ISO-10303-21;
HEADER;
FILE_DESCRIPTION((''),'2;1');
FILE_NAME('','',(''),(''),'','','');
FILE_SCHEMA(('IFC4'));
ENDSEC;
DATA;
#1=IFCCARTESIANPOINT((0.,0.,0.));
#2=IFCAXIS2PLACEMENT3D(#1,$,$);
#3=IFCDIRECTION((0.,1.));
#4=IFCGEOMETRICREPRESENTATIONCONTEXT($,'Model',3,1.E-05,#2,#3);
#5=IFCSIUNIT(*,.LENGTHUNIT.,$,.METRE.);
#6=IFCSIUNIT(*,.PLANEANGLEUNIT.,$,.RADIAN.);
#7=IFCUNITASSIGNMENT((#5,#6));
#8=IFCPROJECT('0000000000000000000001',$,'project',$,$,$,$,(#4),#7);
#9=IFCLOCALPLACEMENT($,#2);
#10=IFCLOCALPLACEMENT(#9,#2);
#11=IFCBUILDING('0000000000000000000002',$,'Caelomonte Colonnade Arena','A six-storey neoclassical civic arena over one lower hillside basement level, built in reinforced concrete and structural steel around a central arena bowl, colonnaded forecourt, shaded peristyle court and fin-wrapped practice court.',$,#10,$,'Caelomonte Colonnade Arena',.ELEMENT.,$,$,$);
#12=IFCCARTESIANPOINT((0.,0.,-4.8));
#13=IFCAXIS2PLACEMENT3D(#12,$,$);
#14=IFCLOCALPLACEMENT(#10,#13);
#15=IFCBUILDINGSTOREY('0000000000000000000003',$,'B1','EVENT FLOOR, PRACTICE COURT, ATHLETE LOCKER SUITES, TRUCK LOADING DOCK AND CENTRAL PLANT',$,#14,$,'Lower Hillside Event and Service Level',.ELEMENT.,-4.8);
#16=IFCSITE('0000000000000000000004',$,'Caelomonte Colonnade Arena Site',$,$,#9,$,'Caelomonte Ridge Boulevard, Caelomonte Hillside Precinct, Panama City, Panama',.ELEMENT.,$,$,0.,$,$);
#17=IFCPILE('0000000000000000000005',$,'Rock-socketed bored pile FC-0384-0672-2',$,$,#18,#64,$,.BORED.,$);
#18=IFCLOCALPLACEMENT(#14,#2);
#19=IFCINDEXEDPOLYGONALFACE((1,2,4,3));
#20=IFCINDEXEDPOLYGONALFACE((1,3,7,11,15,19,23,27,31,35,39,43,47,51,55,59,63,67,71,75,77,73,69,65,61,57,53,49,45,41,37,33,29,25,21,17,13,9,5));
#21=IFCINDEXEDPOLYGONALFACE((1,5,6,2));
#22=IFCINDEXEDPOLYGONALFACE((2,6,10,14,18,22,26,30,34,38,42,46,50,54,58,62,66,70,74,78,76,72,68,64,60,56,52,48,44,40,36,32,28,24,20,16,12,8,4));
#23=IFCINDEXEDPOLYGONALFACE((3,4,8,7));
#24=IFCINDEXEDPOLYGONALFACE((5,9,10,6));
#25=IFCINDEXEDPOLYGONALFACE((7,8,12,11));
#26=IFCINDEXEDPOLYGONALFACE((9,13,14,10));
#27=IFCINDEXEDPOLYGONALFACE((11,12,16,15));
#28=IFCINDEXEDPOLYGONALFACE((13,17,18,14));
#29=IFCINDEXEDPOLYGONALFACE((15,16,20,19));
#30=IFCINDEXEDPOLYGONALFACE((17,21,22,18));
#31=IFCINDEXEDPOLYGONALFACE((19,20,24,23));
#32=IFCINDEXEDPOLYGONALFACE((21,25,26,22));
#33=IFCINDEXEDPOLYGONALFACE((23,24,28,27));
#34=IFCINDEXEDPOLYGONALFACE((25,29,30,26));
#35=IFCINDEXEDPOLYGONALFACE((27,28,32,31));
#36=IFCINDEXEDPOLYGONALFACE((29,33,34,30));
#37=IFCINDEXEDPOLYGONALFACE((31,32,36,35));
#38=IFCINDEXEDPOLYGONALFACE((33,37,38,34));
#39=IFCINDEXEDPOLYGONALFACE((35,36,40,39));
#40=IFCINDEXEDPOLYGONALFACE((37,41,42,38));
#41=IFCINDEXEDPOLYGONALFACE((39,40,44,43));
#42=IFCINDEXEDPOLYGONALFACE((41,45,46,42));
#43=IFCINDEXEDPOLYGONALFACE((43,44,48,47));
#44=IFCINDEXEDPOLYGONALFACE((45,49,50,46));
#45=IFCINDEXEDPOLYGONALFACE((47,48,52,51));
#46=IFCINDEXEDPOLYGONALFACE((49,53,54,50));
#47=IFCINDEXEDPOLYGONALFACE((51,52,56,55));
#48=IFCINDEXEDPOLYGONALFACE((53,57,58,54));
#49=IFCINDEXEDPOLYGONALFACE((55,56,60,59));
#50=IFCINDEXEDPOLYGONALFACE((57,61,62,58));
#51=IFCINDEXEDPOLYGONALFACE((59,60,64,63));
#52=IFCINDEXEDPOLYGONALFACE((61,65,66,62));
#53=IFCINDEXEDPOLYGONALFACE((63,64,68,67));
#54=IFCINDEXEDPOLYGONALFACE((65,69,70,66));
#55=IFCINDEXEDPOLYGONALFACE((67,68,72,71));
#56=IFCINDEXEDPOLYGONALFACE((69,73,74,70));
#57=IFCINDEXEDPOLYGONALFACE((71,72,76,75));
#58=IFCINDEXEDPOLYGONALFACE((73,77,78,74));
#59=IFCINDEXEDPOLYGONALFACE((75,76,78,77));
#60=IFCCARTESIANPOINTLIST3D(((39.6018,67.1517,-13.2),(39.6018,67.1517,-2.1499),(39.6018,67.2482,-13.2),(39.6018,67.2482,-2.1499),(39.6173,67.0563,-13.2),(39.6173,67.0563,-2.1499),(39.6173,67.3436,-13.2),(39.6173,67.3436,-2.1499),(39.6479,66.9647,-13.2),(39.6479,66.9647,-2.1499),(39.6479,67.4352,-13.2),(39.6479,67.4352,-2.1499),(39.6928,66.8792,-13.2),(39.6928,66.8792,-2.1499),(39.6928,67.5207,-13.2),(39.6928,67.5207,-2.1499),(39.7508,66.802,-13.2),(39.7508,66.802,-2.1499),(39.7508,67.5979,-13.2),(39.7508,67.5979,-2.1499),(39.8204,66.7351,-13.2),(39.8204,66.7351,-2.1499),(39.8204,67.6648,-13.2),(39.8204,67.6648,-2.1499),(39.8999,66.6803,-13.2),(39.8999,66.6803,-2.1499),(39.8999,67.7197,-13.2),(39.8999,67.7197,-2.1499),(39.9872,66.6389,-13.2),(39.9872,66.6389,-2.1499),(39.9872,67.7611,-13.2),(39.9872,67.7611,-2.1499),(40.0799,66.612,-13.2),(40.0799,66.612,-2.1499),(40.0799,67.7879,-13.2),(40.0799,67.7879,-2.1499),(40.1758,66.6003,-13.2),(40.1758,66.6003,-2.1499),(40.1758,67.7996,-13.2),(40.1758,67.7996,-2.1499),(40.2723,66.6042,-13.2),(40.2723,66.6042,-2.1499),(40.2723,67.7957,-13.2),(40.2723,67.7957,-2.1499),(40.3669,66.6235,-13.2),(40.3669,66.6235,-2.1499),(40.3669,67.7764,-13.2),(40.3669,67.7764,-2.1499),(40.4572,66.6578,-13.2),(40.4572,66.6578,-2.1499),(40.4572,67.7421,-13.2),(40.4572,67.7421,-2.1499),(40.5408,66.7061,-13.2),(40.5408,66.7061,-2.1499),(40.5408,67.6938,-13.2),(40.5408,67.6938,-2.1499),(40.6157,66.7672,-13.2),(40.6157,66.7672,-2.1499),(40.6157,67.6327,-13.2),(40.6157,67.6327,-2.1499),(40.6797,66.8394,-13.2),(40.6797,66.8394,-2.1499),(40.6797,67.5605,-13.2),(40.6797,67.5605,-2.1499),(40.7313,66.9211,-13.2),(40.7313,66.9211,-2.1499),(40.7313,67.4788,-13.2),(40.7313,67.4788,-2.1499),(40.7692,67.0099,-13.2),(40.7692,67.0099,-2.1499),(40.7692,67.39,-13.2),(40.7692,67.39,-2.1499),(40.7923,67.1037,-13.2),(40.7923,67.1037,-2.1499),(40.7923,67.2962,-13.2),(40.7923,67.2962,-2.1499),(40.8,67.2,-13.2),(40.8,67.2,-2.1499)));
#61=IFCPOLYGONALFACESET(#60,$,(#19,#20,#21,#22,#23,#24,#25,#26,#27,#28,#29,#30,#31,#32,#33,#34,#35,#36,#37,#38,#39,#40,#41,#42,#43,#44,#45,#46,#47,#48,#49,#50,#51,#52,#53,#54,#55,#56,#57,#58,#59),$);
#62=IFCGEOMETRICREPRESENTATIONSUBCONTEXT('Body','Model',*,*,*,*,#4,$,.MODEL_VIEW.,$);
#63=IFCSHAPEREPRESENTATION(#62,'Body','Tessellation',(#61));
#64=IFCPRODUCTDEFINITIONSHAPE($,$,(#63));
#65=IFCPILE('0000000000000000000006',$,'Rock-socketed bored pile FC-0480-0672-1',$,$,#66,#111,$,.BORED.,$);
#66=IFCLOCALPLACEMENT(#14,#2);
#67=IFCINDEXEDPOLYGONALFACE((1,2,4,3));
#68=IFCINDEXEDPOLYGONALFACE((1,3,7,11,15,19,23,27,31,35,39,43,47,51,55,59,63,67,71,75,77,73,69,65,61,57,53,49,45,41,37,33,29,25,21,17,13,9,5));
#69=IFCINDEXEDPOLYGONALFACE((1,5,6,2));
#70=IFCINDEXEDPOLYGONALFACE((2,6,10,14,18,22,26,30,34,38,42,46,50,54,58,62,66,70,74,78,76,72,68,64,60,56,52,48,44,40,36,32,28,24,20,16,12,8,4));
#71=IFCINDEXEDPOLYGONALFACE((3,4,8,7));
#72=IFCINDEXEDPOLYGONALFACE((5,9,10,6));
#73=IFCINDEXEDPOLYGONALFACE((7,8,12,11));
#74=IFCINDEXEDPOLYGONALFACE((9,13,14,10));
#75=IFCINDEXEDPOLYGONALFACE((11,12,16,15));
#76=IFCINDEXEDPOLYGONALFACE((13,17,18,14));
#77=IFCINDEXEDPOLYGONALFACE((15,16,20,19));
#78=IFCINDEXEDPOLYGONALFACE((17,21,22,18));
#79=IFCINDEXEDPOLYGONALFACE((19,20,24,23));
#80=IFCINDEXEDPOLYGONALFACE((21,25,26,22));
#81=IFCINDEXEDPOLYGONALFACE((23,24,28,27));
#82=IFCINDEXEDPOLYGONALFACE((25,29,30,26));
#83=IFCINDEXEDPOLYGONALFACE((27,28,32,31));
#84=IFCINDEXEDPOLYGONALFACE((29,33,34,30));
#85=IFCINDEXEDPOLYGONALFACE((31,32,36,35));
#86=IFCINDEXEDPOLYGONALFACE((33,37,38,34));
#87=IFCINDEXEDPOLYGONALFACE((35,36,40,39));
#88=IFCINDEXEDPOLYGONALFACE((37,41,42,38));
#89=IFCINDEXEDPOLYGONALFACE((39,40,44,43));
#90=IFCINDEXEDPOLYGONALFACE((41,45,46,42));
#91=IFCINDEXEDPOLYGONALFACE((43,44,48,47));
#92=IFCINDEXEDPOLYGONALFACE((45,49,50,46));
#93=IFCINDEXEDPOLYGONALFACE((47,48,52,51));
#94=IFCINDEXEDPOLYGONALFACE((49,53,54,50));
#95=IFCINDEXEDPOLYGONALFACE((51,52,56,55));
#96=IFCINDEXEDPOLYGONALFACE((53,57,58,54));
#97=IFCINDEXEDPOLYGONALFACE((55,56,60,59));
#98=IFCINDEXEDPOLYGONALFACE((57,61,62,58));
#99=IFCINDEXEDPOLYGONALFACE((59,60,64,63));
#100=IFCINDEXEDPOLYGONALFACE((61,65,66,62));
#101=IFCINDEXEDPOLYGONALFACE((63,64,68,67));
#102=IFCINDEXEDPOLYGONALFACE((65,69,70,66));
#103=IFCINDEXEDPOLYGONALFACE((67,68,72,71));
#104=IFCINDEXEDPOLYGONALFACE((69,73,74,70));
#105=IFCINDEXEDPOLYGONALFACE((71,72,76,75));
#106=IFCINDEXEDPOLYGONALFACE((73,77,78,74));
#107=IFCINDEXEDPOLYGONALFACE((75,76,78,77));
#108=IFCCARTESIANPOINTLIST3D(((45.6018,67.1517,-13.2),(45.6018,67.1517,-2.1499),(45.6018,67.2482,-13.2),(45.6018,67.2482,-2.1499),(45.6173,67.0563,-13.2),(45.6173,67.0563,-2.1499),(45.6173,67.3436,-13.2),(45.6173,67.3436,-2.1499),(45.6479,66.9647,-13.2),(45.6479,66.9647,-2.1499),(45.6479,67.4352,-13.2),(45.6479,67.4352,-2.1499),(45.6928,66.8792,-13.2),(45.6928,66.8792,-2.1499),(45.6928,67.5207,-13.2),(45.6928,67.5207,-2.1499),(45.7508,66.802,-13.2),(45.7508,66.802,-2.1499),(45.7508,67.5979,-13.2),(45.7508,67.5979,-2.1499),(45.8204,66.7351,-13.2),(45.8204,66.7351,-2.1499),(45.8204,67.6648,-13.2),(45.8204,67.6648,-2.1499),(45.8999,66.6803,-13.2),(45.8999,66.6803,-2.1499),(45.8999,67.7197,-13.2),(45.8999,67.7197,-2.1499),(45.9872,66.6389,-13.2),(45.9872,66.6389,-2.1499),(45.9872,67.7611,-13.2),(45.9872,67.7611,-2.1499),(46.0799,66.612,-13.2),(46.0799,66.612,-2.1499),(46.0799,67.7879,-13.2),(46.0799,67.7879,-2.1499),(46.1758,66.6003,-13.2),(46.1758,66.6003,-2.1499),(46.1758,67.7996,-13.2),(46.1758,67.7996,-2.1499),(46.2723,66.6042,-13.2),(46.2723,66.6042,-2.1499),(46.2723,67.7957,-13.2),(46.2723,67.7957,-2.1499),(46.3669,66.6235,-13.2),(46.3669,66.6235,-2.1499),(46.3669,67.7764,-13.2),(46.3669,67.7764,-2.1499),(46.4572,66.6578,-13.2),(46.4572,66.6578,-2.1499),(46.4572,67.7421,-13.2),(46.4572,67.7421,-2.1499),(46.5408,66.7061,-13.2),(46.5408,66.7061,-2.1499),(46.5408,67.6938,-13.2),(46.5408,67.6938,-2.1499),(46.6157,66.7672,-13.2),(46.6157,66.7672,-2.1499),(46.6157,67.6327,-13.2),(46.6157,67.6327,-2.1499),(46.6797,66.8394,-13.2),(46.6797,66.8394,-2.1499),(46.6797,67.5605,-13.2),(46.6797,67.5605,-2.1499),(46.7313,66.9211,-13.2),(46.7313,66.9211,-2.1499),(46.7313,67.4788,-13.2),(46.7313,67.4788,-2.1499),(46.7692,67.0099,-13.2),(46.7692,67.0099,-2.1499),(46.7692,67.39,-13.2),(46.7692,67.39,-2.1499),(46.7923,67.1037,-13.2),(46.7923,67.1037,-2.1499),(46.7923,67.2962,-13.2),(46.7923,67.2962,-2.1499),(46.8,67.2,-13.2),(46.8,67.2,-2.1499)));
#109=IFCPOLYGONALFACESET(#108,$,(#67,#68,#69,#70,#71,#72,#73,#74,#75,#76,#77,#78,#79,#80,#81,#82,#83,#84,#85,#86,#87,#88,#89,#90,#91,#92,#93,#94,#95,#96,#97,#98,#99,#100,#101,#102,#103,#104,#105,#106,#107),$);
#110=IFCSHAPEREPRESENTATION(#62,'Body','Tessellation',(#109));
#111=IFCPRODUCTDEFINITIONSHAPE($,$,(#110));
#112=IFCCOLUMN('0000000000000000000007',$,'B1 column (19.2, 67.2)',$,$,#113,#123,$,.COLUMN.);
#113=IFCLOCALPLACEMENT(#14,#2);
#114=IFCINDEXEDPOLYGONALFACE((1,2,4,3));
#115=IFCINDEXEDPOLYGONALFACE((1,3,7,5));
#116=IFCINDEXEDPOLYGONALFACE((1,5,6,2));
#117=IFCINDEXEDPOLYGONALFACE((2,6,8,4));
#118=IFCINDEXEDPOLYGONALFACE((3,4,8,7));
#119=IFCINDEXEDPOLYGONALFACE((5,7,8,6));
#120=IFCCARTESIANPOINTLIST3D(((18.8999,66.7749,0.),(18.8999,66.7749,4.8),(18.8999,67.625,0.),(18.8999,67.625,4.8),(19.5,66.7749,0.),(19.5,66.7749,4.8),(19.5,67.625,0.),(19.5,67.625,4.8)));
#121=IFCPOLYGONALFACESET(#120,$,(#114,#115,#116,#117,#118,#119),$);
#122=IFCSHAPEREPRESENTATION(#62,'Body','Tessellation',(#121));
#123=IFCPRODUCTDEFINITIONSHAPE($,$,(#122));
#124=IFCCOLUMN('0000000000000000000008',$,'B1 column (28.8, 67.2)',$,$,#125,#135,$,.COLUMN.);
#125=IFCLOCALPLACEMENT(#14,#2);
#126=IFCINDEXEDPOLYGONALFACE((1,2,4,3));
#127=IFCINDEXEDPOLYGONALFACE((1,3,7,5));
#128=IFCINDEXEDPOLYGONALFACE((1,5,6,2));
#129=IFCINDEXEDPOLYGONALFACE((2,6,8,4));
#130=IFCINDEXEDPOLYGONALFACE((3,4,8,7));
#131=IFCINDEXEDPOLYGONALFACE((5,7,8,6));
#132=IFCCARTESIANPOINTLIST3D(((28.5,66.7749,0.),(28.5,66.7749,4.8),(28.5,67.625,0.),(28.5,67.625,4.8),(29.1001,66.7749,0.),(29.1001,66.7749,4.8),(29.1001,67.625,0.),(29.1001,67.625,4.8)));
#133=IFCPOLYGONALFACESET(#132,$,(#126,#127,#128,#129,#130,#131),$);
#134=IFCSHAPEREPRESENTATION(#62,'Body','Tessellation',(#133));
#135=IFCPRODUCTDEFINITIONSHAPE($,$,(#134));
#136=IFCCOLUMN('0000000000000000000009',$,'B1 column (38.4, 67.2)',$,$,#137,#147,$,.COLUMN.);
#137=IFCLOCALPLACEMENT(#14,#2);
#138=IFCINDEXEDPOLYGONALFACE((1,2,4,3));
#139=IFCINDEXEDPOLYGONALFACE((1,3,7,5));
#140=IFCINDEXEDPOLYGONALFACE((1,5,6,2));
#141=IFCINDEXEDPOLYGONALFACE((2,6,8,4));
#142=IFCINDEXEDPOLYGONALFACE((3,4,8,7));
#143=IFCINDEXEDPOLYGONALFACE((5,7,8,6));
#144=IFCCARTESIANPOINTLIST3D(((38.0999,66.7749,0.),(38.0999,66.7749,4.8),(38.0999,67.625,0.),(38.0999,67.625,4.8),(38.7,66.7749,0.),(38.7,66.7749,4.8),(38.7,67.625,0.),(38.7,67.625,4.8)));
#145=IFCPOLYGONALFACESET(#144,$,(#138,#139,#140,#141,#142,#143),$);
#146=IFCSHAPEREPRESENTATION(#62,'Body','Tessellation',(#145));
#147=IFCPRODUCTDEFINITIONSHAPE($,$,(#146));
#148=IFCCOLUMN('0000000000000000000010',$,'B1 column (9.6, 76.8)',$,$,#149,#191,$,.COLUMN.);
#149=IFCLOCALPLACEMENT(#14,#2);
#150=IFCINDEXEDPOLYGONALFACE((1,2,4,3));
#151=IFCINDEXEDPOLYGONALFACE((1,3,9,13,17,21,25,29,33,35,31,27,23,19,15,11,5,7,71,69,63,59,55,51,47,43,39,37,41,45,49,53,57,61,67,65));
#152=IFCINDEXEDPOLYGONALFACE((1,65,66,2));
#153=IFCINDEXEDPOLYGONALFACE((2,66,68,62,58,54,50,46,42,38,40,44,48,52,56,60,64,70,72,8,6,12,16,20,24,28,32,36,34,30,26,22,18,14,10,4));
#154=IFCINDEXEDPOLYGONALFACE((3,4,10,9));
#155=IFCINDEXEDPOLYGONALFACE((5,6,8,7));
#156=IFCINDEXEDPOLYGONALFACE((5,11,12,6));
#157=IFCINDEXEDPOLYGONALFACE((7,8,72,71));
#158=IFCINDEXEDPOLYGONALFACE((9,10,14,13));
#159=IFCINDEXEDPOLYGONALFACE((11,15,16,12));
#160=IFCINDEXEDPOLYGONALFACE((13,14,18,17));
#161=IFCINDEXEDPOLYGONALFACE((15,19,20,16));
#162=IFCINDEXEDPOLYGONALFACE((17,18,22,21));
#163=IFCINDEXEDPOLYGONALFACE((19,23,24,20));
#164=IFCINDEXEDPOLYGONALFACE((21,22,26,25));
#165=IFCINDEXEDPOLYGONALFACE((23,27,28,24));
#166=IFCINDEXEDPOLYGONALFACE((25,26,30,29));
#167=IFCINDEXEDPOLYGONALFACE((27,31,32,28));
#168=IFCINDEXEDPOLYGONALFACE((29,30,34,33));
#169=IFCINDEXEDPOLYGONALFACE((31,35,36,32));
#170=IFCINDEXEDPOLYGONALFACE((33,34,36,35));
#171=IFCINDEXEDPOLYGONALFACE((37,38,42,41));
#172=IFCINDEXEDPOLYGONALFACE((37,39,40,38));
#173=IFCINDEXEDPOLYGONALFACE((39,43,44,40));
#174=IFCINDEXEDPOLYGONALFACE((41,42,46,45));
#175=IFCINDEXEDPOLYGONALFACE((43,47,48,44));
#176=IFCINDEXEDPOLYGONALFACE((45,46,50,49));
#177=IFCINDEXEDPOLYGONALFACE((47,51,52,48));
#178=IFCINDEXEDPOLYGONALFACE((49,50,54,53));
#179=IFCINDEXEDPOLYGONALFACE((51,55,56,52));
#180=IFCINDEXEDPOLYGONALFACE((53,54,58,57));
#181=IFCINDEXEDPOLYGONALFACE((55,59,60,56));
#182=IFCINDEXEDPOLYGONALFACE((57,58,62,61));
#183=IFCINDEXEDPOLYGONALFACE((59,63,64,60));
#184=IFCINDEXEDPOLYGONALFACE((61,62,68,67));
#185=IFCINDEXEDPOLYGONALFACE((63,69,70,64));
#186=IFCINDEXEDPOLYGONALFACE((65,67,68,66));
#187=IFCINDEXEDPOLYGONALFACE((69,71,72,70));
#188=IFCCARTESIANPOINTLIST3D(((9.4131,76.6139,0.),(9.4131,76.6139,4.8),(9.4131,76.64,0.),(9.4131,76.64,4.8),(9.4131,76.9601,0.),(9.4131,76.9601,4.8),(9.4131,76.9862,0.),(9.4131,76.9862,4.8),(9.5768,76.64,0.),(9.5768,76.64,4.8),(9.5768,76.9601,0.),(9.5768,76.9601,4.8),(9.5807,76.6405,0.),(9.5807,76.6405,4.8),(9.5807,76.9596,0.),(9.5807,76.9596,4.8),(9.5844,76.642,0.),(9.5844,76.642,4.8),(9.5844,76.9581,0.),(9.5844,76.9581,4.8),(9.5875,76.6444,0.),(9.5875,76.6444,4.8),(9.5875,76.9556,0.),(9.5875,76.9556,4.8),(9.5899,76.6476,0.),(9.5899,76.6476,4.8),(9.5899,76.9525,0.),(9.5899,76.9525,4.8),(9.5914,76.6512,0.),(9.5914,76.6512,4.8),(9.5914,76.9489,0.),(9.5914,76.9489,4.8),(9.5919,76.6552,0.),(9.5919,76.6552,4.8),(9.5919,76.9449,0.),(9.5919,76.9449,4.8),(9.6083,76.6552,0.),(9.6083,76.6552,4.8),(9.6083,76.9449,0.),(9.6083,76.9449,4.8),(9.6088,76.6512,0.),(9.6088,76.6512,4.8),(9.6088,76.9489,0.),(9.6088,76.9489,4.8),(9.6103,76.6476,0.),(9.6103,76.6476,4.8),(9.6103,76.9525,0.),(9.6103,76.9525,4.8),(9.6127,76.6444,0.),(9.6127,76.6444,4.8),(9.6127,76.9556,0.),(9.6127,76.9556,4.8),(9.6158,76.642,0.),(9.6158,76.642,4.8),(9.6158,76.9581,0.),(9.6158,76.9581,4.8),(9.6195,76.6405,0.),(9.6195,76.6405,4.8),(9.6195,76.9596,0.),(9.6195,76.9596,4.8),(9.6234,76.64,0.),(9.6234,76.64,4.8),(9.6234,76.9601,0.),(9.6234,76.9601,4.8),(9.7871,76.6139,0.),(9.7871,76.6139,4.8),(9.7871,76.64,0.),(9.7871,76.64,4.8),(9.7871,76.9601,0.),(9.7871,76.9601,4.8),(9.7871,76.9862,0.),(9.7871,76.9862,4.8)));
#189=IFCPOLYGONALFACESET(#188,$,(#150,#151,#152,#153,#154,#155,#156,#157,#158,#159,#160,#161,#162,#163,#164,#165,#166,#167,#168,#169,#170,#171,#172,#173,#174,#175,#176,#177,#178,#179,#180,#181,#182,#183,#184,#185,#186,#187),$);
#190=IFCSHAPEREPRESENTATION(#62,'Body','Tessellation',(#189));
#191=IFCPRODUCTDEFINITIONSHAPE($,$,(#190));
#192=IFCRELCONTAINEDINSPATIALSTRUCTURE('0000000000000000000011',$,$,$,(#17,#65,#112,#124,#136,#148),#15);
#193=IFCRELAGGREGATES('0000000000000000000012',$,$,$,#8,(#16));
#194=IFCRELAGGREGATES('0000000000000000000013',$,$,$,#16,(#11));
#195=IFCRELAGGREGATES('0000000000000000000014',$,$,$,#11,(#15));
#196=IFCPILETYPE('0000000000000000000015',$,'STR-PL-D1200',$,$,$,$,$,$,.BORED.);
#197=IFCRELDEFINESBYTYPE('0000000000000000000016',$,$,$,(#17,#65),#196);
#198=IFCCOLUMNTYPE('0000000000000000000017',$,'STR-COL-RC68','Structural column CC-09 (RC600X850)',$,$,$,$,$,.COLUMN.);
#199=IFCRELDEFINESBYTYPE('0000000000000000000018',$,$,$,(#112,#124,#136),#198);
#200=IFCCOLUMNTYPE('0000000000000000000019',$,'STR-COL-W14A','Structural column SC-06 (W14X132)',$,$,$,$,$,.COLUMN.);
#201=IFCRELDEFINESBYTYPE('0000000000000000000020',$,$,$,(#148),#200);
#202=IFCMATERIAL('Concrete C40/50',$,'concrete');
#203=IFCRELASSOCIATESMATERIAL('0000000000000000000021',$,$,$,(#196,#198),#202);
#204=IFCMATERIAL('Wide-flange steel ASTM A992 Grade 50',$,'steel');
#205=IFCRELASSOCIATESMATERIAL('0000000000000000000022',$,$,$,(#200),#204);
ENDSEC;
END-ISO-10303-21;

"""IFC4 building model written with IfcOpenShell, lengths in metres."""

from ifc_helpers import new_model, si_unit, direction, frame, origin, origin_2d, place, context, subcontext, project, spatial, rectangle, circle, i_section, extrude, material, material_profile, profile_set, type_object, element, save


model = new_model("IFC4")

# Units and contexts
model_context = context("Model", 3, precision=1e-05, world=origin(), true_north=direction((0.0, 1.0)))
body_context = subcontext(model_context, "Body", "Model", "MODEL_VIEW")
ifc_project = project(units=[si_unit("LENGTHUNIT", "METRE"), si_unit("PLANEANGLEUNIT", "RADIAN")], contexts=[model_context])

# Site, building, storey
site_placement = place(None, origin())
site = spatial("IfcSite", under=ifc_project, at=site_placement, Name="Caelomonte Colonnade Arena Site", LongName="Caelomonte Ridge Boulevard, Caelomonte Hillside Precinct, Panama City, Panama", CompositionType="ELEMENT", RefElevation=0.0)
building_placement = place(site_placement, origin())
building = spatial("IfcBuilding", under=site, at=building_placement, Name="Caelomonte Colonnade Arena", Description="A six-storey neoclassical civic arena over one lower hillside basement level, built in reinforced concrete and structural steel around a central arena bowl, colonnaded forecourt, shaded peristyle court and fin-wrapped practice court.", LongName="Caelomonte Colonnade Arena", CompositionType="ELEMENT")
storey_placement = place(building_placement, frame((0.0, 0.0, -4.8)))
storey = spatial("IfcBuildingStorey", under=building, at=storey_placement, Name="B1", Description="EVENT FLOOR, PRACTICE COURT, ATHLETE LOCKER SUITES, TRUCK LOADING DOCK AND CENTRAL PLANT", LongName="Lower Hillside Event and Service Level", CompositionType="ELEMENT", Elevation=-4.8)

# Shared definitions
ifc_material_1 = material(Name="Concrete C40/50", Category="concrete")

# Piles
ifc_material_profile_1 = material_profile(ifc_material_1, circle(Radius=0.6001, at=origin_2d()), Name="PILE-D1200")
ifc_profile_set_1 = profile_set([ifc_material_profile_1], Name="Concrete C40/50")
pile_type_1 = type_object("IfcPileType", Name="STR-PL-D1200", PredefinedType="BORED", material=ifc_profile_set_1)
for number, where, z_axis, x_axis, name in (
    (1, (40.2, 67.2, -2.1499), (0.0, 0.0, -1.0), (1.0, 0.0, 0.0), "Rock-socketed bored pile FC-0384-0672-2"),
    (2, (46.2, 67.2, -2.1499), (0.0, 0.0, -1.0), (1.0, 0.0, 0.0), "Rock-socketed bored pile FC-0480-0672-1"),
):
    element("IfcPile", number, at=place(storey_placement, frame(where, z_axis=z_axis, x_axis=x_axis)), inside=storey, type_object=pile_type_1, Name=name, PredefinedType="BORED", context=body_context, shape_type="SweptSolid", body=[
        extrude(circle(Radius=0.6001, at=origin_2d()), origin(), (0.0, 0.0, 1.0), 11.05),
    ])

# Columns
ifc_material_profile_2 = material_profile(ifc_material_1, rectangle(XDim=0.6001, YDim=0.8501, at=origin_2d()), Name="RC600X850")
ifc_profile_set_2 = profile_set([ifc_material_profile_2], Name="Concrete C40/50")
column_type_1 = type_object("IfcColumnType", Name="STR-COL-RC68", Description="Structural column CC-09 (RC600X850)", PredefinedType="COLUMN", material=ifc_profile_set_2)
for number, where, z_axis, x_axis, name in (
    (3, (19.2, 67.2, 0.0), (0.0, 0.0, 1.0), (1.0, 0.0, 0.0), "B1 column (19.2, 67.2)"),
    (4, (28.8, 67.2, 0.0), (0.0, 0.0, 1.0), (1.0, 0.0, 0.0), "B1 column (28.8, 67.2)"),
    (5, (38.3999, 67.2, 0.0), (0.0, 0.0, 1.0), (1.0, 0.0, 0.0), "B1 column (38.4, 67.2)"),
):
    element("IfcColumn", number, at=place(storey_placement, frame(where, z_axis=z_axis, x_axis=x_axis)), inside=storey, type_object=column_type_1, Name=name, PredefinedType="COLUMN", context=body_context, shape_type="SweptSolid", body=[
        extrude(rectangle(XDim=0.6001, YDim=0.8501, at=origin_2d()), origin(), (0.0, 0.0, 1.0), 4.8),
    ])
ifc_material_2 = material(Name="Wide-flange steel ASTM A992 Grade 50", Category="steel")
ifc_material_profile_3 = material_profile(ifc_material_2, i_section(OverallWidth=0.374, OverallDepth=0.3723, WebThickness=0.0164, FlangeThickness=0.0261, FilletRadius=0.0151, at=origin_2d()), Name="W14X132")
ifc_profile_set_3 = profile_set([ifc_material_profile_3], Name="Wide-flange steel ASTM A992 Grade 50")
column_type_2 = type_object("IfcColumnType", Name="STR-COL-W14A", Description="Structural column SC-06 (W14X132)", PredefinedType="COLUMN", material=ifc_profile_set_3)
for number, where, z_axis, x_axis, name in (
    (6, (9.6001, 76.8, 0.0), (0.0, 0.0, 1.0), (1.0, 0.0, 0.0), "B1 column (9.6, 76.8)"),
):
    element("IfcColumn", number, at=place(storey_placement, frame(where, z_axis=z_axis, x_axis=x_axis)), inside=storey, type_object=column_type_2, Name=name, PredefinedType="COLUMN", context=body_context, shape_type="SweptSolid", body=[
        extrude(i_section(OverallWidth=0.374, OverallDepth=0.3723, WebThickness=0.0164, FlangeThickness=0.0261, FilletRadius=0.0151, at=origin_2d()), origin(), (0.0, 0.0, 1.0), 4.8),
    ])

save(model, "model.ifc")
